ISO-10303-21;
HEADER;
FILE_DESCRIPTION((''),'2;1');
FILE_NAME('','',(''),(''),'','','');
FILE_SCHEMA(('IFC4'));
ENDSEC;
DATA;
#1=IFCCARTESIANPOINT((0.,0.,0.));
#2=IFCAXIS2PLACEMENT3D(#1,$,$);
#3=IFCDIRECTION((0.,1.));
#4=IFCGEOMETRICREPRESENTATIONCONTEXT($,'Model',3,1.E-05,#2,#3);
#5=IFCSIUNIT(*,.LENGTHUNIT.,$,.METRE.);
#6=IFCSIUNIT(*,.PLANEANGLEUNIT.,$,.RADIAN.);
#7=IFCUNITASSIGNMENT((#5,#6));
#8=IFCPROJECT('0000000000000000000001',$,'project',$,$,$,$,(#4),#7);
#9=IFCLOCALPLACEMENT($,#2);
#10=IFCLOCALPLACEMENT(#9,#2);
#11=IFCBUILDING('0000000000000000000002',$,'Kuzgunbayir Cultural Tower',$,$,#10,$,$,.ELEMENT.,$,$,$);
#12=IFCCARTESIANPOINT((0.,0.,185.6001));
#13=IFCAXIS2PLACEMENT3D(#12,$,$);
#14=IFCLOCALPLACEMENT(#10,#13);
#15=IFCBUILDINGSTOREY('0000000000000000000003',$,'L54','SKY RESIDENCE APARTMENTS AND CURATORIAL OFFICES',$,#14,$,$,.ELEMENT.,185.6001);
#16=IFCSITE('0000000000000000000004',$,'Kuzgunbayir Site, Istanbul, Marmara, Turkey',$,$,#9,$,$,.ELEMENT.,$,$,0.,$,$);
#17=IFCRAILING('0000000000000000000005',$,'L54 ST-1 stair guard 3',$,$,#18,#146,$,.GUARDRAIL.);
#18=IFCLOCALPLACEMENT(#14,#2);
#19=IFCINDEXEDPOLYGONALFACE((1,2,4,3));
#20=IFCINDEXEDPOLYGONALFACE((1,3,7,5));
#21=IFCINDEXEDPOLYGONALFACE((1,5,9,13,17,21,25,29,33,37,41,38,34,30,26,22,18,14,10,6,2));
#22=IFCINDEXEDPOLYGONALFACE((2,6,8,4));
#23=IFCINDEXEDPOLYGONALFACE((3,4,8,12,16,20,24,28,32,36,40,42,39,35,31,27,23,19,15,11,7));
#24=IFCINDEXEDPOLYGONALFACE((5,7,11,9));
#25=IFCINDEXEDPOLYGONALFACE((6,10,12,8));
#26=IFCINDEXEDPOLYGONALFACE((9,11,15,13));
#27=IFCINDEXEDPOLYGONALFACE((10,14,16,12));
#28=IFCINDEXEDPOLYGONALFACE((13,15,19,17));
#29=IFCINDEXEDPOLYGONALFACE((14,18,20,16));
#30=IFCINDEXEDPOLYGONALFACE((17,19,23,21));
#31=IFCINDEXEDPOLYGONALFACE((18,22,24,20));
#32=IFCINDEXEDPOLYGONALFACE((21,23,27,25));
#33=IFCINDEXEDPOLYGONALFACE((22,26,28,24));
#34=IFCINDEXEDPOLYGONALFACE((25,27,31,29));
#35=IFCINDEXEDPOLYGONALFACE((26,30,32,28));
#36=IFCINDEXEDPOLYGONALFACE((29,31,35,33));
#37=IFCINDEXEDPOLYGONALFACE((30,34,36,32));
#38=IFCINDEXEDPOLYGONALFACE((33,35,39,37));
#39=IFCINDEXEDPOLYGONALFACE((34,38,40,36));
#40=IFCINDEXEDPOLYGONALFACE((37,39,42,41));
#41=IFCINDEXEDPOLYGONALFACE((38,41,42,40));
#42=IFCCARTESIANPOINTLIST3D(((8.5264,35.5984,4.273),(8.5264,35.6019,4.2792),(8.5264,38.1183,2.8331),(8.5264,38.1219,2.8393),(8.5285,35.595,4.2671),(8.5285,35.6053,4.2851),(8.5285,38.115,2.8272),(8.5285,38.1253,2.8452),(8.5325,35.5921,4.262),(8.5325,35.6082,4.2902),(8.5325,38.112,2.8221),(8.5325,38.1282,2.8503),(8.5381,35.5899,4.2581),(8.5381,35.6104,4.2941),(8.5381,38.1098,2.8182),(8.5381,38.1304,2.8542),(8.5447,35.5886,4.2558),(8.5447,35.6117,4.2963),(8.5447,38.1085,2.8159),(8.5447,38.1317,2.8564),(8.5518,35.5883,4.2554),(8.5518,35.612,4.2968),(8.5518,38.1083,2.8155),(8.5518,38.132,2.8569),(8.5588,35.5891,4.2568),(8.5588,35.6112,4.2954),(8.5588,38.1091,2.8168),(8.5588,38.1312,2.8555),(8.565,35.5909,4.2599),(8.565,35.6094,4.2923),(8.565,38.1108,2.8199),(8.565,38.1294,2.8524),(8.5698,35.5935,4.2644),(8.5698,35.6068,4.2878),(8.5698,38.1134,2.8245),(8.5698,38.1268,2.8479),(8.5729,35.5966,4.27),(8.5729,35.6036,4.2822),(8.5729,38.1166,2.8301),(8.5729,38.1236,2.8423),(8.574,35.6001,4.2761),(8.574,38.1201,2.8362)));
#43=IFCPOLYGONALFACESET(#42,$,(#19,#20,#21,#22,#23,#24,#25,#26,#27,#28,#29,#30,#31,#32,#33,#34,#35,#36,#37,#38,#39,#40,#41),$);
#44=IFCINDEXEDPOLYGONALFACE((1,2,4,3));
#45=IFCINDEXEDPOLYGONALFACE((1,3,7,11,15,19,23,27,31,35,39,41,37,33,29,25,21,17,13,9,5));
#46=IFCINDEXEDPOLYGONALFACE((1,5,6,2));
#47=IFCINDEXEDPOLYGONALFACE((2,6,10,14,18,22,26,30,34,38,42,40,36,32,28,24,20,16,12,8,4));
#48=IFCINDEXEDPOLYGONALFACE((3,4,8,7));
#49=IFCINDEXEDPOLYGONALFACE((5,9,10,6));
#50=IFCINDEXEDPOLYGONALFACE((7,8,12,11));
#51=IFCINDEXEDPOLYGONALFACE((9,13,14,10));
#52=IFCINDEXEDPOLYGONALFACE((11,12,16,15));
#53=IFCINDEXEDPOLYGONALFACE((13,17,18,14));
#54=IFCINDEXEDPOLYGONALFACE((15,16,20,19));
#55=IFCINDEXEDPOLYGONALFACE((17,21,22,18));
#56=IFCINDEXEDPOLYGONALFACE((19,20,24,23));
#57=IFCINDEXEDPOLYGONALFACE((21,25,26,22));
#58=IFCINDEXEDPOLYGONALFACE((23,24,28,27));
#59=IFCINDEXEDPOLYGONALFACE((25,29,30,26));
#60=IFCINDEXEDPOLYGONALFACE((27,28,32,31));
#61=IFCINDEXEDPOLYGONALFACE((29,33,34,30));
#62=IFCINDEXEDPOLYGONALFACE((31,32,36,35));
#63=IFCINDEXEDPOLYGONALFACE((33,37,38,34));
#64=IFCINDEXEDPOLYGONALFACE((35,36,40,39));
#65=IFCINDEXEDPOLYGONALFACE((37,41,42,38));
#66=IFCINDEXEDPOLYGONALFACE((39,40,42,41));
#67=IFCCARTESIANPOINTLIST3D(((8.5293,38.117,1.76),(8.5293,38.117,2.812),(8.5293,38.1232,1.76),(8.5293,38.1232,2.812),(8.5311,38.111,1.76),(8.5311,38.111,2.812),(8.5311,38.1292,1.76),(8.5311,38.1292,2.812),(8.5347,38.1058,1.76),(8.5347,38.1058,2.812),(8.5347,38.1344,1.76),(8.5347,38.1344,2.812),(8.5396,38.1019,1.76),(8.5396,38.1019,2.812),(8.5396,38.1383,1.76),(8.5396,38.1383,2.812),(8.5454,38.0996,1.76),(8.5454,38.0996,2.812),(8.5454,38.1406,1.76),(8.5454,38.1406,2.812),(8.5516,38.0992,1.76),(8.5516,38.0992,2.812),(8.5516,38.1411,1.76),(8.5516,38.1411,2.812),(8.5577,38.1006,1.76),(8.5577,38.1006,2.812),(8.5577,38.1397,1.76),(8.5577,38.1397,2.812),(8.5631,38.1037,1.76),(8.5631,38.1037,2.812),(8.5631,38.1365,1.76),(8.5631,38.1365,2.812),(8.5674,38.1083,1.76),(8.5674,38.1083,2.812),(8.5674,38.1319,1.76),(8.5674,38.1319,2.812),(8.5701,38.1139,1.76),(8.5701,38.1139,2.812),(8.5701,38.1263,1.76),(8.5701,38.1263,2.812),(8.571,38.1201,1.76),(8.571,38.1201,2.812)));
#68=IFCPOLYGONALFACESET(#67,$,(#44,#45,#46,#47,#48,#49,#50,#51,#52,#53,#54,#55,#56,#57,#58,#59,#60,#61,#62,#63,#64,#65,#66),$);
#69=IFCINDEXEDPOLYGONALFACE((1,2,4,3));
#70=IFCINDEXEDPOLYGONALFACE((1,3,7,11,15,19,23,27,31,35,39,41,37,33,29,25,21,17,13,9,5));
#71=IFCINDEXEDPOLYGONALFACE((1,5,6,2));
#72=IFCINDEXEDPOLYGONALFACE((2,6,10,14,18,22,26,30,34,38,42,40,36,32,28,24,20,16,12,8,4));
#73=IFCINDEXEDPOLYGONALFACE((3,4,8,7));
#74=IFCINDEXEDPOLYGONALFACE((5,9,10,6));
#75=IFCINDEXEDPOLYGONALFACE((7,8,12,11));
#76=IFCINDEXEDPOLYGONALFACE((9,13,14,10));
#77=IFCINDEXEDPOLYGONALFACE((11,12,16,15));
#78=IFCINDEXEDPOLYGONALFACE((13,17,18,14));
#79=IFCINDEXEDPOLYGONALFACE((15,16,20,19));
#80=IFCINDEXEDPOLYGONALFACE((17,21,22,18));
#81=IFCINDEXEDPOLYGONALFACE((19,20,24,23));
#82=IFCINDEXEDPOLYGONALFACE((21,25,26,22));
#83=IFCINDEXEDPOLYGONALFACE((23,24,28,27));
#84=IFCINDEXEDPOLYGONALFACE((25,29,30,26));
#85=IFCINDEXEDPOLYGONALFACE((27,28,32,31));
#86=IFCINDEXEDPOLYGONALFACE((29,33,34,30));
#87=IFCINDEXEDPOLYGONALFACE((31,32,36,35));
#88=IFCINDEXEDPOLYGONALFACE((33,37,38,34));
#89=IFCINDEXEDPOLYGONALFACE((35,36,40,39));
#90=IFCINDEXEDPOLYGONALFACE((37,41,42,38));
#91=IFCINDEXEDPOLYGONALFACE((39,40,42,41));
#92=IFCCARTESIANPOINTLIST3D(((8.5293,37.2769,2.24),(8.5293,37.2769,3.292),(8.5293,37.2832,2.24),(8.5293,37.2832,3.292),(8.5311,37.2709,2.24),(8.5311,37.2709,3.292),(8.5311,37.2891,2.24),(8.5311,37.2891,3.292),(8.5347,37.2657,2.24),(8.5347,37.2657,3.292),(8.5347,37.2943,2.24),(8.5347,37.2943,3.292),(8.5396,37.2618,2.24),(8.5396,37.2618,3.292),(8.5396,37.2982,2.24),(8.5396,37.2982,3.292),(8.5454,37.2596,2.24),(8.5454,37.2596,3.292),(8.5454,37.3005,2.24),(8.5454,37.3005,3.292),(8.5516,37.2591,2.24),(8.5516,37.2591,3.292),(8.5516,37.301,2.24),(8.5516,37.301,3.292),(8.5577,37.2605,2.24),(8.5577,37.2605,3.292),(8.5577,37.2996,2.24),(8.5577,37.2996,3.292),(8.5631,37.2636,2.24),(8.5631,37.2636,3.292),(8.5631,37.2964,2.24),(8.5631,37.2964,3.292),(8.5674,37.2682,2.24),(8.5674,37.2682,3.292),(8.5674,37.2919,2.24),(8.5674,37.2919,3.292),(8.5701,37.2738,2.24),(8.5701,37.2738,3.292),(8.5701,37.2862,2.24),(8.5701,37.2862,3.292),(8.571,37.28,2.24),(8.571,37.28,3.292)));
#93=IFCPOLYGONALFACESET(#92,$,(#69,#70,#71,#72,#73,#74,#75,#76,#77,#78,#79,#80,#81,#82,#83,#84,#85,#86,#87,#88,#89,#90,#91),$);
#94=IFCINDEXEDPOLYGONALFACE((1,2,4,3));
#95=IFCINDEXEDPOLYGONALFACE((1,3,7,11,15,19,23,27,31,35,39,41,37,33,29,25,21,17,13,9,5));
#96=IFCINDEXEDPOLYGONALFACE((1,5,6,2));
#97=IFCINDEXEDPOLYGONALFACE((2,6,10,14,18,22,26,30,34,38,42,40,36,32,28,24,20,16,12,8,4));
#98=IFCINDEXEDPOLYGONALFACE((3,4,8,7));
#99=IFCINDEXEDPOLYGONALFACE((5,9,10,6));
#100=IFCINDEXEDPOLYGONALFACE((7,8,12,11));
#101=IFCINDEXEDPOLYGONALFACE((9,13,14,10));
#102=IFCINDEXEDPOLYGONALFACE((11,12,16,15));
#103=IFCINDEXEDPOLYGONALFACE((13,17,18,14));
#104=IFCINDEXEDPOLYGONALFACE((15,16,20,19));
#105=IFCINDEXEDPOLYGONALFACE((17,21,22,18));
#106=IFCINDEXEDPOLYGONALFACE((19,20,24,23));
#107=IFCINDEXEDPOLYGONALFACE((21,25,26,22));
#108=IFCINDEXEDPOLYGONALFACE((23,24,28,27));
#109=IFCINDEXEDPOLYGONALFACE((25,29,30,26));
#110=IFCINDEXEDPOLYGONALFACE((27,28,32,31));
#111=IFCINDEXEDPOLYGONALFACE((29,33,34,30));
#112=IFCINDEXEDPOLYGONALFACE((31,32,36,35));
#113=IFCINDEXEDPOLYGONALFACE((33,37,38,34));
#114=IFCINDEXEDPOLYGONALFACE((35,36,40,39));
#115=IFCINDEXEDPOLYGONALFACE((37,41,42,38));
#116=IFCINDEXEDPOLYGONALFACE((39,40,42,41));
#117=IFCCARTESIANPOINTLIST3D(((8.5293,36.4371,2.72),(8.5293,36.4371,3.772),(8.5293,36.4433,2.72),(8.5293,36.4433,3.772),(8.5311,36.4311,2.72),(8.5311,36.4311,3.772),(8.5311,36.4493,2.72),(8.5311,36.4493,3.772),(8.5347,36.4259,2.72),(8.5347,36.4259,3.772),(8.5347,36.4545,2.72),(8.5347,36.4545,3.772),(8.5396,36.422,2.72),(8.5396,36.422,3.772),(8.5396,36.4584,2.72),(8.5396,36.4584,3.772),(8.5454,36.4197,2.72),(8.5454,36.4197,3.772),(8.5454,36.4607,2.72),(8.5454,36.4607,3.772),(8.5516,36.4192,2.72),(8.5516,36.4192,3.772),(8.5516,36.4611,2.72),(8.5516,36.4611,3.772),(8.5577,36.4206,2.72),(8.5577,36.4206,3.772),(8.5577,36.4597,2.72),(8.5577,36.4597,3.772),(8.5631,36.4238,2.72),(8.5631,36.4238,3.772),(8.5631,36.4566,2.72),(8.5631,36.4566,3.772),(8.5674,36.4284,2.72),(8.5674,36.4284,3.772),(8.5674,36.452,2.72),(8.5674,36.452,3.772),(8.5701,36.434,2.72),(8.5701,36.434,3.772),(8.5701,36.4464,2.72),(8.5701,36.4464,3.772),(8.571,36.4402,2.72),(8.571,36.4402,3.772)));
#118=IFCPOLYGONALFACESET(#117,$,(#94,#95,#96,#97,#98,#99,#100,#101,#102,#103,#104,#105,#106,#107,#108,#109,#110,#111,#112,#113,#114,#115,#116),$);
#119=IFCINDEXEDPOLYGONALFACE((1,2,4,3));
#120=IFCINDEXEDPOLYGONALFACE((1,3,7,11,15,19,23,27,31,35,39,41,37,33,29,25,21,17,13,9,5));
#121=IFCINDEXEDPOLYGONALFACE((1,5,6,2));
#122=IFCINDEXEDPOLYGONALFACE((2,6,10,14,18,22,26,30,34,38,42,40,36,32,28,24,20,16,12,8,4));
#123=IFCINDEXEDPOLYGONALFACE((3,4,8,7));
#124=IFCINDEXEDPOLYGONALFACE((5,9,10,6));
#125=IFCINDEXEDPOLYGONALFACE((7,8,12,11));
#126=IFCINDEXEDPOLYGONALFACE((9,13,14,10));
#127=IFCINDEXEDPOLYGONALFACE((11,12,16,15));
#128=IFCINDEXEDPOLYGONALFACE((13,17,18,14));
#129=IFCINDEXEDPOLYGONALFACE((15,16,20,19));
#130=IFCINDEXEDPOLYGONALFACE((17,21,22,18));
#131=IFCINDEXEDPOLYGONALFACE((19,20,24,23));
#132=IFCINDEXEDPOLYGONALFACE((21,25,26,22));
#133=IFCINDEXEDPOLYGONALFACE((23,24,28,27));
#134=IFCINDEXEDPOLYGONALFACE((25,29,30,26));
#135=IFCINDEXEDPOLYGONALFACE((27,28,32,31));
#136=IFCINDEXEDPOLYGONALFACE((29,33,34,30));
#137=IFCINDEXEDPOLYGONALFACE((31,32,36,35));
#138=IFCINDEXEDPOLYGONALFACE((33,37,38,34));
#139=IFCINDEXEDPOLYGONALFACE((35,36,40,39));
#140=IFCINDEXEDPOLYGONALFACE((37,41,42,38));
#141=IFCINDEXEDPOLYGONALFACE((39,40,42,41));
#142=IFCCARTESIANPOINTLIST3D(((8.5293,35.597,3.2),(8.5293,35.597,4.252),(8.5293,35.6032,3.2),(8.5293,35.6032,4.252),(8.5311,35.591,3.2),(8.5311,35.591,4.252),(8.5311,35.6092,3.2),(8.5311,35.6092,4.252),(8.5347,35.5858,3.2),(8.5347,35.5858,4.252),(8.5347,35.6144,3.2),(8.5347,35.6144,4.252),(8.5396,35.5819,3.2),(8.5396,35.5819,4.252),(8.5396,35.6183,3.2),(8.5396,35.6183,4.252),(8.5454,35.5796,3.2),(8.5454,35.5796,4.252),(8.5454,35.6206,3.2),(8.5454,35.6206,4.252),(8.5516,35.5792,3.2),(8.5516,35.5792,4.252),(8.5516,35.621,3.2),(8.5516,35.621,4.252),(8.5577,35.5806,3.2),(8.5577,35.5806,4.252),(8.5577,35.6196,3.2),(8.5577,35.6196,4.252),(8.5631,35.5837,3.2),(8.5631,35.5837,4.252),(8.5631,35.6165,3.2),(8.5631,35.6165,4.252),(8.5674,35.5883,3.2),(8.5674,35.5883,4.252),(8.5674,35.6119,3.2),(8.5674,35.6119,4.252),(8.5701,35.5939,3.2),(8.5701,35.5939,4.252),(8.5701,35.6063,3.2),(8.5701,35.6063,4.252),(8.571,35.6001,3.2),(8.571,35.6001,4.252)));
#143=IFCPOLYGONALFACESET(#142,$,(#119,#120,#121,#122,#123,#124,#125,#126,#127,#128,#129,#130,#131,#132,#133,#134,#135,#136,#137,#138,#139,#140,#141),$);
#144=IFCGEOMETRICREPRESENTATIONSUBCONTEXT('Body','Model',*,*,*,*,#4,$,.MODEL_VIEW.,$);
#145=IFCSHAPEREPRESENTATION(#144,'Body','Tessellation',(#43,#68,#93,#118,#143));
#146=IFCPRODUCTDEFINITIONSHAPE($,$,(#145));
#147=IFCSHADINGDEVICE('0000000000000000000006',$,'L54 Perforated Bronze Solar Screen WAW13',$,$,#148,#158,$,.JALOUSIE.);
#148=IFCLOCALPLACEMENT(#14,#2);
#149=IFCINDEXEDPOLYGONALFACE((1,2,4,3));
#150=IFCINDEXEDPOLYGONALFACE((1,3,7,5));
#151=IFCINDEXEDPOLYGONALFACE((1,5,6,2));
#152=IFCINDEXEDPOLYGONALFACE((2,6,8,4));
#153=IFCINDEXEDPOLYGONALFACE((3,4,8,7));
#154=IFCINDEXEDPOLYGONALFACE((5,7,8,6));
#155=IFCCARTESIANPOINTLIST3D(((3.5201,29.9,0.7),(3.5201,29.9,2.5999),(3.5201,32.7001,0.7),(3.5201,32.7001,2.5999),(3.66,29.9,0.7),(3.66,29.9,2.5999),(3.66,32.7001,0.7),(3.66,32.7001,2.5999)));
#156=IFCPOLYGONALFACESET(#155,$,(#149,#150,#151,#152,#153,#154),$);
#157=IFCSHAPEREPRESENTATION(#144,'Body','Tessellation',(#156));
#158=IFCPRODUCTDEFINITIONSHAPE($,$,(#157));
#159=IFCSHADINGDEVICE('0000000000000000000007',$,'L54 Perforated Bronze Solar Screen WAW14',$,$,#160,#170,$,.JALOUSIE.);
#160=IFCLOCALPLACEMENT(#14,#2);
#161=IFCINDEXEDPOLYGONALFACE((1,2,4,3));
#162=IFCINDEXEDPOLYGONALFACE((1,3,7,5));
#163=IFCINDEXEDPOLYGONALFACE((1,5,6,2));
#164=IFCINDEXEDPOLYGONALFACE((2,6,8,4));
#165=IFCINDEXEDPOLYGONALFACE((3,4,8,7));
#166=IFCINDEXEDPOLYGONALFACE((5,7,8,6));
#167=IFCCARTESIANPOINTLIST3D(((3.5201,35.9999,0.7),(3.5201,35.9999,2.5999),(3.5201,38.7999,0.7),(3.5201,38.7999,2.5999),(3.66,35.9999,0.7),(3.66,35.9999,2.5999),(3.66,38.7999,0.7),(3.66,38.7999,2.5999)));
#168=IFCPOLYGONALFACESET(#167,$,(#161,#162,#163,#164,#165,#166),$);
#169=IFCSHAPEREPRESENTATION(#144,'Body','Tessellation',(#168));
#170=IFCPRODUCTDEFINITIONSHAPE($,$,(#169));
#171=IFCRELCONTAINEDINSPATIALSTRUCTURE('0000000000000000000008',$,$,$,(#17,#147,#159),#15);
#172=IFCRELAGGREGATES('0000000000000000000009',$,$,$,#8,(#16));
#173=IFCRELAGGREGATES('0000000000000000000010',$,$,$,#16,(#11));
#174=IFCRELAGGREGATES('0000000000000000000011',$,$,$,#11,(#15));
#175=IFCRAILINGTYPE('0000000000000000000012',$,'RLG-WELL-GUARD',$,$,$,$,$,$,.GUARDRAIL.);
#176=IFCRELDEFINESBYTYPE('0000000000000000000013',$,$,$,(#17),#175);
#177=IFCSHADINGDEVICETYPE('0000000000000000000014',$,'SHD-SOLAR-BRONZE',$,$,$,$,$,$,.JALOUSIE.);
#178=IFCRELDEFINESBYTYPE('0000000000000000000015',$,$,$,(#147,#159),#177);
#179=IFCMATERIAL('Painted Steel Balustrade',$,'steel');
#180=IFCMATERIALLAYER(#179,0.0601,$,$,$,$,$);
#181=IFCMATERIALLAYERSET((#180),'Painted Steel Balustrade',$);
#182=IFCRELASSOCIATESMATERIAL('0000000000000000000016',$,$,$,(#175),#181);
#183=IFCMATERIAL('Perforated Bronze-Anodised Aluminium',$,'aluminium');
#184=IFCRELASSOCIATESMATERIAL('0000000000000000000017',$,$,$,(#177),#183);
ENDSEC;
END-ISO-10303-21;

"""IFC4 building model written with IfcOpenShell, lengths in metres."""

from ifc_helpers import new_model, si_unit, direction, frame, origin, origin_2d, place, context, subcontext, project, spatial, rectangle, circle, extrude, material, layer, layer_set, type_object, element, save


model = new_model("IFC4")

# Units and contexts
model_context = context("Model", 3, precision=1e-05, world=origin(), true_north=direction((0.0, 1.0)))
body_context = subcontext(model_context, "Body", "Model", "MODEL_VIEW")
ifc_project = project(units=[si_unit("LENGTHUNIT", "METRE"), si_unit("PLANEANGLEUNIT", "RADIAN")], contexts=[model_context])

# Site, building, storey
site_placement = place(None, origin())
site = spatial("IfcSite", under=ifc_project, at=site_placement, Name="Kuzgunbayir Site, Istanbul, Marmara, Turkey", CompositionType="ELEMENT", RefElevation=0.0)
building_placement = place(site_placement, origin())
building = spatial("IfcBuilding", under=site, at=building_placement, Name="Kuzgunbayir Cultural Tower", CompositionType="ELEMENT")
storey_placement = place(building_placement, frame((0.0, 0.0, 185.6001)))
storey = spatial("IfcBuildingStorey", under=building, at=storey_placement, Name="L54", Description="SKY RESIDENCE APARTMENTS AND CURATORIAL OFFICES", CompositionType="ELEMENT", Elevation=185.6001)

# Shared definitions
ifc_material_1 = material(Name="Perforated Bronze-Anodised Aluminium", Category="aluminium")

# Railing
ifc_material_2 = material(Name="Painted Steel Balustrade", Category="steel")
ifc_layer_1 = layer(ifc_material_2, 0.0601)
ifc_layer_set_1 = layer_set([ifc_layer_1], Name="Painted Steel Balustrade")
railing_type_1 = type_object("IfcRailingType", Name="RLG-WELL-GUARD", PredefinedType="GUARDRAIL", material=ifc_layer_set_1)
railing_1_placement = place(storey_placement, frame((8.55, 38.1201, 1.76)))
element("IfcRailing", 1, at=railing_1_placement, inside=storey, type_object=railing_type_1, Name="L54 ST-1 stair guard 3", PredefinedType="GUARDRAIL", context=body_context, shape_type="SweptSolid", body=[
    extrude(circle(Radius=0.0239, at=origin_2d()), frame((0.0, 0.0, 1.0762), z_axis=(0.0, -0.868253, 0.496121), x_axis=(1.0, 0.0, 0.0)), (0.0, 0.0, 1.0), 2.9023),
    extrude(circle(Radius=0.021, at=origin_2d()), origin(), (0.0, 0.0, 1.0), 1.052),
    extrude(circle(Radius=0.021, at=origin_2d()), frame((0.0, -0.8401, 0.48)), (0.0, 0.0, 1.0), 1.052),
    extrude(circle(Radius=0.021, at=origin_2d()), frame((0.0, -1.6799, 0.96)), (0.0, 0.0, 1.0), 1.052),
    extrude(circle(Radius=0.021, at=origin_2d()), frame((0.0, -2.52, 1.4399)), (0.0, 0.0, 1.0), 1.052),
])

# Shading devices
shading_device_type = type_object("IfcShadingDeviceType", Name="SHD-SOLAR-BRONZE", PredefinedType="JALOUSIE", material=ifc_material_1)
for number, where, z_axis, x_axis, name in (
    (2, (3.5901, 31.3, 0.7), (0.0, 0.0, 1.0), (1.0, 0.0, 0.0), "L54 Perforated Bronze Solar Screen WAW13"),
    (3, (3.5901, 37.3999, 0.7), (0.0, 0.0, 1.0), (1.0, 0.0, 0.0), "L54 Perforated Bronze Solar Screen WAW14"),
):
    element("IfcShadingDevice", number, at=place(storey_placement, frame(where, z_axis=z_axis, x_axis=x_axis)), inside=storey, type_object=shading_device_type, Name=name, PredefinedType="JALOUSIE", context=body_context, shape_type="SweptSolid", body=[
        extrude(rectangle(XDim=0.1399, YDim=2.8, at=origin_2d()), origin(), (0.0, 0.0, 1.0), 1.8999),
    ])

save(model, "model.ifc")
